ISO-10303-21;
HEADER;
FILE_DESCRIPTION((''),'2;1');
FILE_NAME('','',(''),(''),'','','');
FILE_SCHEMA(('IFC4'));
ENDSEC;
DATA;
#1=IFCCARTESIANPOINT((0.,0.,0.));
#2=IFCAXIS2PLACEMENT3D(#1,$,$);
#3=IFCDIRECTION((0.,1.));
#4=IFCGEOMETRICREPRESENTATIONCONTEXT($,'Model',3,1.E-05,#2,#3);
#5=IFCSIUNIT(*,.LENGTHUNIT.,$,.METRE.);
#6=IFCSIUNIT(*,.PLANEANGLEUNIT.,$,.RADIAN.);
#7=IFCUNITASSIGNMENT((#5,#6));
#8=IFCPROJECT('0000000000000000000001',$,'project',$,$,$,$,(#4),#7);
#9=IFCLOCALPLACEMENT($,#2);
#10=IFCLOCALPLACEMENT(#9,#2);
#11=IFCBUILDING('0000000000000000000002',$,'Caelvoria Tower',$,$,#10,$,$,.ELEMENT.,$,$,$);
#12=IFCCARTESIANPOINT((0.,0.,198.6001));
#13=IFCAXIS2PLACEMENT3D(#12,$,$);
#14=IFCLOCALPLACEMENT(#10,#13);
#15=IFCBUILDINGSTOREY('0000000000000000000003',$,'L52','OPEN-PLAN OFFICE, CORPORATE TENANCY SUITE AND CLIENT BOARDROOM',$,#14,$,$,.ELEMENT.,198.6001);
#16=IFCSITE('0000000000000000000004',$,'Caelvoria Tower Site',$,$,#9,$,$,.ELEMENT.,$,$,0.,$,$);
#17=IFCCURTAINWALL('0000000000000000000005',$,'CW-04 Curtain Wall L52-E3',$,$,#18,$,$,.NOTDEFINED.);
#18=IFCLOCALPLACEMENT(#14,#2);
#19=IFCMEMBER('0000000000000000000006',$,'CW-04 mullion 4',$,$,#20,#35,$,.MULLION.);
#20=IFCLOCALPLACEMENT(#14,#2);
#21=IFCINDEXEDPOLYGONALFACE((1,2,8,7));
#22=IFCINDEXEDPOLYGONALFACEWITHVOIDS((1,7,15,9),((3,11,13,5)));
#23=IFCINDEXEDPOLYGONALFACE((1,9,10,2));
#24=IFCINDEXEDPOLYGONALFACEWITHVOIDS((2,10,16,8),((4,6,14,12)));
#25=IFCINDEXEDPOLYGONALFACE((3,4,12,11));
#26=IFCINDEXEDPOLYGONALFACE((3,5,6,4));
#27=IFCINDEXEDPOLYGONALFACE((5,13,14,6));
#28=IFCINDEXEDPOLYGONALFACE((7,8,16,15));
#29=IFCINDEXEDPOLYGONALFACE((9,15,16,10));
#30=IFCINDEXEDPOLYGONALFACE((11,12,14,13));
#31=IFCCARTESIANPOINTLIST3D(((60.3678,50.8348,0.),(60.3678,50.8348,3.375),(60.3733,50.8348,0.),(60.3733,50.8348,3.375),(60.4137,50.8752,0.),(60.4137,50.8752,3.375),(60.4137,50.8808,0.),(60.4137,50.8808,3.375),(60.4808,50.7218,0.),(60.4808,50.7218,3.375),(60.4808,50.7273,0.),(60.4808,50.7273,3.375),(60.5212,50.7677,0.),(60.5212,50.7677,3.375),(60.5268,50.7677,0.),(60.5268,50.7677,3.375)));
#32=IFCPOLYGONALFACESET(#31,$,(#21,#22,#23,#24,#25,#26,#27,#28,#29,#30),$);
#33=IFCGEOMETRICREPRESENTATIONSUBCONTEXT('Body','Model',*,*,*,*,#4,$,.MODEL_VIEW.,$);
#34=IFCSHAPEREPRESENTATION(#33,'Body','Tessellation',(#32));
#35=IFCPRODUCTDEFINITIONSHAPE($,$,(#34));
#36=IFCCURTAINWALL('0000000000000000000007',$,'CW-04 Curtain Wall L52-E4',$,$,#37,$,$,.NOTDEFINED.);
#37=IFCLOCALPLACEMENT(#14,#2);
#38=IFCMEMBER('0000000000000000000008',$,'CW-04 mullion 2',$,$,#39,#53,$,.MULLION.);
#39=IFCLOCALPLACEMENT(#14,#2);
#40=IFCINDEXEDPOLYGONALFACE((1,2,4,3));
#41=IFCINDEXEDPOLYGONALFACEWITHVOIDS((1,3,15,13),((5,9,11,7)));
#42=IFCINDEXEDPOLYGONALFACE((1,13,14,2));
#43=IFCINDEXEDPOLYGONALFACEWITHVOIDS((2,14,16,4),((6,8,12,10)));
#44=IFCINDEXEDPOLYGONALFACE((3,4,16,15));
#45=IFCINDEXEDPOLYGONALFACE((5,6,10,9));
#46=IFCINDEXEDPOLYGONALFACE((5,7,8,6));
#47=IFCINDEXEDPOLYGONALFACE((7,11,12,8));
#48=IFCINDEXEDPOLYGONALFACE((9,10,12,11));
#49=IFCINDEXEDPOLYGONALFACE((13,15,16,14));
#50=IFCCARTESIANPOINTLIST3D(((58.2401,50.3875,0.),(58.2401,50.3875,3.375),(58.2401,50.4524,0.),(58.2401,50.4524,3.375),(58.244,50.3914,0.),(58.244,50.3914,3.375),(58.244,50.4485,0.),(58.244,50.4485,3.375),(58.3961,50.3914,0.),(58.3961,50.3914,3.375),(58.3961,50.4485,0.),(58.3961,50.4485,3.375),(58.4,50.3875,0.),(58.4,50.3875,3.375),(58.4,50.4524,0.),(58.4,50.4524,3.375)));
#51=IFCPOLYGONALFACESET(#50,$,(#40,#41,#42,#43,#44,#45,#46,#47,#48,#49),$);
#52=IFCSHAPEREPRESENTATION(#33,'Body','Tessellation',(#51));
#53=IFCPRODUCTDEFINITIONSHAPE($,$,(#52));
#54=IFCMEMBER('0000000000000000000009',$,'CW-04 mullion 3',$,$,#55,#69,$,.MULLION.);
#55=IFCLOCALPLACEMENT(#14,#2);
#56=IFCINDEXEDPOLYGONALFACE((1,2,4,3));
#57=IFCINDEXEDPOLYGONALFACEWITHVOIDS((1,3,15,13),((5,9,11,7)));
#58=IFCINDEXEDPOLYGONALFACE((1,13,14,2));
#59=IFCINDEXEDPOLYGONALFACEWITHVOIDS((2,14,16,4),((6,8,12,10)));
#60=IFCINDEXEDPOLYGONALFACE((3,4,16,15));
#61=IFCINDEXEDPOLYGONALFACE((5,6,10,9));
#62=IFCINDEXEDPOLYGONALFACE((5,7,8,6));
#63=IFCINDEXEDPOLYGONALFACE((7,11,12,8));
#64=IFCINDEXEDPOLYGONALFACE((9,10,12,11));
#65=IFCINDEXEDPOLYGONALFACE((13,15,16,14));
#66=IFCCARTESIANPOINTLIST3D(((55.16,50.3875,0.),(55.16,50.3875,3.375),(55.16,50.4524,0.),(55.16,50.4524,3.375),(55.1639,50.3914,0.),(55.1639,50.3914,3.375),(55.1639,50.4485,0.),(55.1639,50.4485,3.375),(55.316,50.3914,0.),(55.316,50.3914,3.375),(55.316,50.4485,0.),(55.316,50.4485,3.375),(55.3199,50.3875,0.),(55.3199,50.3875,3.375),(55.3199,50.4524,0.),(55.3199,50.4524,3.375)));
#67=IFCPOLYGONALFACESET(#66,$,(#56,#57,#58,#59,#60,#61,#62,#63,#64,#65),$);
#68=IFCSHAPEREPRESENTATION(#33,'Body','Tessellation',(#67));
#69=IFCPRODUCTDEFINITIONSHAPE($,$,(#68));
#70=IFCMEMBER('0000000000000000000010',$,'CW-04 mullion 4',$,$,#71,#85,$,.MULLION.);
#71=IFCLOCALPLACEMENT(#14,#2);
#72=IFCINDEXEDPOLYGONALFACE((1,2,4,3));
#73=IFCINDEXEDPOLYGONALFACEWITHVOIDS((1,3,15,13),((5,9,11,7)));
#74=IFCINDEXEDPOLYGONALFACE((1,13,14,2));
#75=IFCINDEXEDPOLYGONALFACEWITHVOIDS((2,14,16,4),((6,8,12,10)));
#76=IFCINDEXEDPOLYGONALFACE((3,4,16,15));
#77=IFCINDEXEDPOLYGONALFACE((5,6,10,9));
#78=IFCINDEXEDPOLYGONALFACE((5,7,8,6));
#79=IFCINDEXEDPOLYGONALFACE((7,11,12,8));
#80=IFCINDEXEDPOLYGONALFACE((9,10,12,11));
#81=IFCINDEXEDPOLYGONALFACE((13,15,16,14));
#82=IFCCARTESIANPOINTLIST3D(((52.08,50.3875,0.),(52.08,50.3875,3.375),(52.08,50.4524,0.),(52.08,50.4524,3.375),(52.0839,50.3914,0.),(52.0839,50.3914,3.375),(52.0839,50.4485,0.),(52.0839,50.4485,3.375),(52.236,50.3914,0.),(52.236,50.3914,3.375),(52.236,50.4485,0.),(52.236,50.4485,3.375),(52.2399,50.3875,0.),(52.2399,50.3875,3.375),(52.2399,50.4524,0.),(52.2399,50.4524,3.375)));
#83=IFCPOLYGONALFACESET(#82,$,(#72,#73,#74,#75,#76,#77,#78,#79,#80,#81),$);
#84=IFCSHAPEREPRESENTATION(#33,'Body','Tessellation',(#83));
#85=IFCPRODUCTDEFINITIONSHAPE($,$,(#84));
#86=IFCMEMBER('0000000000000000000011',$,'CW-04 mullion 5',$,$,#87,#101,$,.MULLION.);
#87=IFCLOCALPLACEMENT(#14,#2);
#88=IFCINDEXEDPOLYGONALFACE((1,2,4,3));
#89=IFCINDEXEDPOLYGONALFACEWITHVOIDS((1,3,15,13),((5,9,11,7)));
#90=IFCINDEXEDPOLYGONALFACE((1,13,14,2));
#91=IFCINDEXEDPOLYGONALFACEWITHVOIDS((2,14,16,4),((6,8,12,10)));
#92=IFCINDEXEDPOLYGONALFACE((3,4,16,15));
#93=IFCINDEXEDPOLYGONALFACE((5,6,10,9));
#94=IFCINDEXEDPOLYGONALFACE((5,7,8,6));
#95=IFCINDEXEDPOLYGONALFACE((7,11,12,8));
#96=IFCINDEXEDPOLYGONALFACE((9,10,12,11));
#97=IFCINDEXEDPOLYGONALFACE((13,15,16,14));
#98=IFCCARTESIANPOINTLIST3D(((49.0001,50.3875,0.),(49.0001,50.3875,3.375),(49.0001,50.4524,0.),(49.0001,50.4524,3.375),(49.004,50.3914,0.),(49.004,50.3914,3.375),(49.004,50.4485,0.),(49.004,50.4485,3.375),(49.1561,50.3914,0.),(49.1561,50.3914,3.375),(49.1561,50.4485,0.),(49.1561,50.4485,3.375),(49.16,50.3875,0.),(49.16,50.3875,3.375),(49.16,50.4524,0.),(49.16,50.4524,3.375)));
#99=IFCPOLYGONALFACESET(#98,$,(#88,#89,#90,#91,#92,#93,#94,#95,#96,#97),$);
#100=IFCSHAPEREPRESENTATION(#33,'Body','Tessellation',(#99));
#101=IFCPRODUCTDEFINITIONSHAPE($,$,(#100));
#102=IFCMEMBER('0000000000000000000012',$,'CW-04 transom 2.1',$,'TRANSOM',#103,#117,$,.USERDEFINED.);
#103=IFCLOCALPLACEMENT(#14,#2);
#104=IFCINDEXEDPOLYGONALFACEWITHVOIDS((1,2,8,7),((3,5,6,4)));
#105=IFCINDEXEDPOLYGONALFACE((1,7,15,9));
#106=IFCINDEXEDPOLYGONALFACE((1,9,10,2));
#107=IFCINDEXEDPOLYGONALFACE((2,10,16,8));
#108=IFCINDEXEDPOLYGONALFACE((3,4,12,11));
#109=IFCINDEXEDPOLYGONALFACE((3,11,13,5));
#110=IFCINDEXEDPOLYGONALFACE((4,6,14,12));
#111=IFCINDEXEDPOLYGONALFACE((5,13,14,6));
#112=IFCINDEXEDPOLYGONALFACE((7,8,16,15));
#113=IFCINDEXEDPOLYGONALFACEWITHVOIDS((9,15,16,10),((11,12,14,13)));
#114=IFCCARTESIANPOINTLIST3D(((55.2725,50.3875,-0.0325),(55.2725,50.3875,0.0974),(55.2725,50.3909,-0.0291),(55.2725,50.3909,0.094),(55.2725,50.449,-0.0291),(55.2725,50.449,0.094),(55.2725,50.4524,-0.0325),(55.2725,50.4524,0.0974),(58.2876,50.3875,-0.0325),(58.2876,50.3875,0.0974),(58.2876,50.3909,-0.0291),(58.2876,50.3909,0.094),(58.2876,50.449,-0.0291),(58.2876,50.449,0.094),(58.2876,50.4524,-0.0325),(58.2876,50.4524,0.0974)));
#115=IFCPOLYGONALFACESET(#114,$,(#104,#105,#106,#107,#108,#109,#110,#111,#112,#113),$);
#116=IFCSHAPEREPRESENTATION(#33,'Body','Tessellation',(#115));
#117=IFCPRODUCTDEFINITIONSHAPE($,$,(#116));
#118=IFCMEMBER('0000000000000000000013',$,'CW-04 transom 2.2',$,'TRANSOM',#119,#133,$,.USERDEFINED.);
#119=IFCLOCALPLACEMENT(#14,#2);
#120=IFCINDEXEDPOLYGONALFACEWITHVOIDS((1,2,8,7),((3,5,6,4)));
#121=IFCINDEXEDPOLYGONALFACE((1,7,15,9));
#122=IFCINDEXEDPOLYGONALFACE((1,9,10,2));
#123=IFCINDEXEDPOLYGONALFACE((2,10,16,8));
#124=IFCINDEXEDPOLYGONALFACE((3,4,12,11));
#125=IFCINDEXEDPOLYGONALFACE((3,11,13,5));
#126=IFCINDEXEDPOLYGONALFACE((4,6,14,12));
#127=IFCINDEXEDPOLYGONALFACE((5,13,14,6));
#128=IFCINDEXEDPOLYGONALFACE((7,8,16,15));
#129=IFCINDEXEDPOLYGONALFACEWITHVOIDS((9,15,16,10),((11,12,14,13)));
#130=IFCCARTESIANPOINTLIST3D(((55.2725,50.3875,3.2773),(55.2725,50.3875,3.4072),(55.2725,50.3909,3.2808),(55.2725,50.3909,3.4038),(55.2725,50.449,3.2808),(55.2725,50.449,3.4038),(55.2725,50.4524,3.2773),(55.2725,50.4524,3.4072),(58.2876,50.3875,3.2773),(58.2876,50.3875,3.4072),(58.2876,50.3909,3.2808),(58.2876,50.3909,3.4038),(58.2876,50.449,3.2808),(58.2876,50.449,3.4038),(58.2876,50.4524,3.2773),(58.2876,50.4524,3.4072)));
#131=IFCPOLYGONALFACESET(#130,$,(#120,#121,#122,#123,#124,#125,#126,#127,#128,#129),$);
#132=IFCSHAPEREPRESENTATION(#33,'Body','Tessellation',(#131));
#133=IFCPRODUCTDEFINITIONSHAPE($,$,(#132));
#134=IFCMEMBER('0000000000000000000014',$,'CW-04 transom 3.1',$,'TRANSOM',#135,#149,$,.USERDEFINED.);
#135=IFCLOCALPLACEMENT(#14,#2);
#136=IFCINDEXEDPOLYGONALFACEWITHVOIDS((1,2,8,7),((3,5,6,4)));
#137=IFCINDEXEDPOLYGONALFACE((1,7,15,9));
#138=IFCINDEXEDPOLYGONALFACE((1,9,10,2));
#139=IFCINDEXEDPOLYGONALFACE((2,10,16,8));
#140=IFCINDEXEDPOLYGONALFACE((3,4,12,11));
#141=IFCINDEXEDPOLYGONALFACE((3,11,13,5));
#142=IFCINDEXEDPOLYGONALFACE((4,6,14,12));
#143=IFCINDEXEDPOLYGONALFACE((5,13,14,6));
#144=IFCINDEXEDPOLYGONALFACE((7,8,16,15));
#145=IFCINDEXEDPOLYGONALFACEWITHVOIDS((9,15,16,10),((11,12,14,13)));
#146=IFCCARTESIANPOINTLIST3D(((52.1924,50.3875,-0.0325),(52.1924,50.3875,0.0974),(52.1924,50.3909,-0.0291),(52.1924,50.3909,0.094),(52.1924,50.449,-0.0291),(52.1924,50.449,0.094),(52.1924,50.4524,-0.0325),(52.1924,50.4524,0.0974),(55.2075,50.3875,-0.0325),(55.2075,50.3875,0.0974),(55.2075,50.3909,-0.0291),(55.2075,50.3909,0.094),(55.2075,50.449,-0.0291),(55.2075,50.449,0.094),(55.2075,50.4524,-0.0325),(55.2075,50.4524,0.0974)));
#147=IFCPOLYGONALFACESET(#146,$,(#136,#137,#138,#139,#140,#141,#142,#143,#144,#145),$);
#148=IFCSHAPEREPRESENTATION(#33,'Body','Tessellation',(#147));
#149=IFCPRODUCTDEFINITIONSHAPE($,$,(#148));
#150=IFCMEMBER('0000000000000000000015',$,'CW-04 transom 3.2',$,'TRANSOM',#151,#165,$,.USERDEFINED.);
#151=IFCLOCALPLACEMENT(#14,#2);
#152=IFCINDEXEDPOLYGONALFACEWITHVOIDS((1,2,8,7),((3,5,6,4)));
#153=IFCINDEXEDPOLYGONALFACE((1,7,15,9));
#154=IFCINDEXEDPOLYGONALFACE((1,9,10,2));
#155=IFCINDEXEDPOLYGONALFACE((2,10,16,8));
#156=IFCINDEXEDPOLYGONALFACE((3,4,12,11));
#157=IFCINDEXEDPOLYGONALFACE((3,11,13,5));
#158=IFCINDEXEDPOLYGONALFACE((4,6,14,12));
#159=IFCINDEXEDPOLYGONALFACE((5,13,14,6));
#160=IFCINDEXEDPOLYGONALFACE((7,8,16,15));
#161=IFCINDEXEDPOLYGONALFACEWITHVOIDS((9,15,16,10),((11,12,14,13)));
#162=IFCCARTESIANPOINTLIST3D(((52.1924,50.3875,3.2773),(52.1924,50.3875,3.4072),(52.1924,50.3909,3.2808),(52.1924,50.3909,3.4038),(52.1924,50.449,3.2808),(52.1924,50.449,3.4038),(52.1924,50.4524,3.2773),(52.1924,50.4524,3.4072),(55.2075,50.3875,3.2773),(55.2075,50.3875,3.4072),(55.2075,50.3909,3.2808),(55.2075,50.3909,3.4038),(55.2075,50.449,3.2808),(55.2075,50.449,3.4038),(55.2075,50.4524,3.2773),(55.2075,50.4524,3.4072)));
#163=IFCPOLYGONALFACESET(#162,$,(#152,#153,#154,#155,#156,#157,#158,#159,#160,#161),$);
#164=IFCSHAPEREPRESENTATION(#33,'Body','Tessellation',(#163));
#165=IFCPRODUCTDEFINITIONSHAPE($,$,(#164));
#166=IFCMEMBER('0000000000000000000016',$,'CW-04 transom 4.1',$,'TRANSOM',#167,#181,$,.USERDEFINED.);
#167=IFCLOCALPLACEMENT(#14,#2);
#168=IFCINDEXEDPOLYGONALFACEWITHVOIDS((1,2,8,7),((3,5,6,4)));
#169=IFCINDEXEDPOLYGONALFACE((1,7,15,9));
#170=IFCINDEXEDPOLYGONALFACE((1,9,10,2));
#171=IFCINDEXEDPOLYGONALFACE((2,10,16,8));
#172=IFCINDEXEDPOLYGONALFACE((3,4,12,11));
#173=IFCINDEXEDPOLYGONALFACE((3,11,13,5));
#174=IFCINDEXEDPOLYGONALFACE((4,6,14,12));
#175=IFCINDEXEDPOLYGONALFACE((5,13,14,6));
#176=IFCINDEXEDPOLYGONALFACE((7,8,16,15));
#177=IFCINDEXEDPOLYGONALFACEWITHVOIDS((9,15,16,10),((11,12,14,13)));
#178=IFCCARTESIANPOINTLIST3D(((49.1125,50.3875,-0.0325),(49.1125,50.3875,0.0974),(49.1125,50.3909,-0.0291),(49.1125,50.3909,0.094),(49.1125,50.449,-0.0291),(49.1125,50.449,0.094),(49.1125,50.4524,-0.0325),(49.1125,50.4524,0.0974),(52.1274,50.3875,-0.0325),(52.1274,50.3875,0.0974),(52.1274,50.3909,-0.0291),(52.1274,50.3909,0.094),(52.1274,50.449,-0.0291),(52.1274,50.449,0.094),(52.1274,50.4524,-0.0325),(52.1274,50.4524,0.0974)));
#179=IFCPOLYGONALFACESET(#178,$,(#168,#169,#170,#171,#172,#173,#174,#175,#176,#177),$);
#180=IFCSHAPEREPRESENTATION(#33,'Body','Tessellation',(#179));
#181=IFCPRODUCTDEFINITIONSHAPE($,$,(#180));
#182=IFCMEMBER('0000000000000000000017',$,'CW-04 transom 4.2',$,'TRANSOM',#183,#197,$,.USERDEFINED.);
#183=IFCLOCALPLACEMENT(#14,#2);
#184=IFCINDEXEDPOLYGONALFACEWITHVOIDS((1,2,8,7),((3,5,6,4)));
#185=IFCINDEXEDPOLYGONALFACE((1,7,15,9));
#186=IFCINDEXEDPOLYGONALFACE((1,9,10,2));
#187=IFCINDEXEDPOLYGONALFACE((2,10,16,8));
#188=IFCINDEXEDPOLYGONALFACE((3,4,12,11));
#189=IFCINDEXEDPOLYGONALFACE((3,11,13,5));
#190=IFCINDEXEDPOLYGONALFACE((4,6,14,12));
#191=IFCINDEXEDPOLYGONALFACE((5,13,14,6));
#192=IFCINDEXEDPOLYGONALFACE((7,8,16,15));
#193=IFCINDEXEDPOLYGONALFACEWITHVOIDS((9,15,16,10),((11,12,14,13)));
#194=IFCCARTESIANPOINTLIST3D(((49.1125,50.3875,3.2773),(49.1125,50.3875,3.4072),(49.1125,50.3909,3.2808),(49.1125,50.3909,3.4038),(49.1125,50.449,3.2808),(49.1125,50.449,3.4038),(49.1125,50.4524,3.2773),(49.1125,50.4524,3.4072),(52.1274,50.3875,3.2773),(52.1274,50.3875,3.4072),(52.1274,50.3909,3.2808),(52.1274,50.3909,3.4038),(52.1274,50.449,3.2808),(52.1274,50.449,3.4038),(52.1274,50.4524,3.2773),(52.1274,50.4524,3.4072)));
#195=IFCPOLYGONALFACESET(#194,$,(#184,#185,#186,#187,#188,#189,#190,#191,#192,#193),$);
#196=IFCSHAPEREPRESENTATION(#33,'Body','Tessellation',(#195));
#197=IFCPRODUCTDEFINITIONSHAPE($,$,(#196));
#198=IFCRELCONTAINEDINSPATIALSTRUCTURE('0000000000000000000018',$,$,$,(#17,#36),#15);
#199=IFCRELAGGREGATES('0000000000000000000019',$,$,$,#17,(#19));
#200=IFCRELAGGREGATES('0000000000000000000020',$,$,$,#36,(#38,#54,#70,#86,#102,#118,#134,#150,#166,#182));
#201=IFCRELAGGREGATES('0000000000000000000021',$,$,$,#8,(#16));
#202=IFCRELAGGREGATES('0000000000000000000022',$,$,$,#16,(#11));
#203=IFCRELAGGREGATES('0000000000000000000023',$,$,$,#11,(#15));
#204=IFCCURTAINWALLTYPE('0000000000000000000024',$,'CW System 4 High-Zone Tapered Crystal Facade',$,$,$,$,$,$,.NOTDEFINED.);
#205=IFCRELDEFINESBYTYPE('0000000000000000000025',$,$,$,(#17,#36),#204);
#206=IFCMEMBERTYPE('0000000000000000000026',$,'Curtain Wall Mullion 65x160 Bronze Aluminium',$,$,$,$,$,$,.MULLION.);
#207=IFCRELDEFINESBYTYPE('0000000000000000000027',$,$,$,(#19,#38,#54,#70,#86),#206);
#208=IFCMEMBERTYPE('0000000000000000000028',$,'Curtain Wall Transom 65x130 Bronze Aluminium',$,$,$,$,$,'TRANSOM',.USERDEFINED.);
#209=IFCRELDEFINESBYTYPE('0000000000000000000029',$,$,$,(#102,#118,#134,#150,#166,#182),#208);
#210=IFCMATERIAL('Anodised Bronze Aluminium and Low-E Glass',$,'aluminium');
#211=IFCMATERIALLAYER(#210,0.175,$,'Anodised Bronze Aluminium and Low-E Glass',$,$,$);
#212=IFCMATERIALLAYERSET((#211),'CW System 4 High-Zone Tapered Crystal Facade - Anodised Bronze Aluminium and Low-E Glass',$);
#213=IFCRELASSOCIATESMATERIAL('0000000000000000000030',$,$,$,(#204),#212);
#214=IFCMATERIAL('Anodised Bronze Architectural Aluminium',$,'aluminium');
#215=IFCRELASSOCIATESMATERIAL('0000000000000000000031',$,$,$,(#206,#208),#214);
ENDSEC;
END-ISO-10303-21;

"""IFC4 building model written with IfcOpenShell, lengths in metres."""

from ifc_helpers import new_model, si_unit, direction, frame, origin, origin_2d, place, context, subcontext, project, spatial, hollow_rectangle, extrude, material, layer, layer_set, material_profile, profile_set, type_object, element, aggregate, save


model = new_model("IFC4")

# Units and contexts
model_context = context("Model", 3, precision=1e-05, world=origin(), true_north=direction((0.0, 1.0)))
body_context = subcontext(model_context, "Body", "Model", "MODEL_VIEW")
ifc_project = project(units=[si_unit("LENGTHUNIT", "METRE"), si_unit("PLANEANGLEUNIT", "RADIAN")], contexts=[model_context])

# Site, building, storey
site_placement = place(None, origin())
site = spatial("IfcSite", under=ifc_project, at=site_placement, Name="Caelvoria Tower Site", CompositionType="ELEMENT", RefElevation=0.0)
building_placement = place(site_placement, origin())
building = spatial("IfcBuilding", under=site, at=building_placement, Name="Caelvoria Tower", CompositionType="ELEMENT")
storey_placement = place(building_placement, frame((0.0, 0.0, 198.6001)))
storey = spatial("IfcBuildingStorey", under=building, at=storey_placement, Name="L52", Description="OPEN-PLAN OFFICE, CORPORATE TENANCY SUITE AND CLIENT BOARDROOM", CompositionType="ELEMENT", Elevation=198.6001)

# Curtain wall, member
ifc_material_1 = material(Name="Anodised Bronze Aluminium and Low-E Glass", Category="aluminium")
ifc_layer_1 = layer(ifc_material_1, 0.175, Name="Anodised Bronze Aluminium and Low-E Glass")
ifc_layer_set_1 = layer_set([ifc_layer_1], Name="CW System 4 High-Zone Tapered Crystal Facade - Anodised Bronze Aluminium and Low-E Glass")
curtain_wall_type = type_object("IfcCurtainWallType", Name="CW System 4 High-Zone Tapered Crystal Facade", PredefinedType="NOTDEFINED", material=ifc_layer_set_1)
curtain_wall_1_placement = place(storey_placement, origin())
curtain_wall_1 = element("IfcCurtainWall", 1, at=curtain_wall_1_placement, inside=storey, type_object=curtain_wall_type, Name="CW-04 Curtain Wall L52-E3", PredefinedType="NOTDEFINED")
ifc_material_2 = material(Name="Anodised Bronze Architectural Aluminium", Category="aluminium")
ifc_material_profile_1 = material_profile(ifc_material_2, hollow_rectangle(XDim=0.0649, YDim=0.1599, WallThickness=0.0039, at=origin_2d()), Name="Anodised Bronze Architectural Aluminium")
ifc_profile_set_1 = profile_set([ifc_material_profile_1], Name="CW_MULL_65X160 - Anodised Bronze Architectural Aluminium")
member_type_1 = type_object("IfcMemberType", Name="Curtain Wall Mullion 65x160 Bronze Aluminium", PredefinedType="MULLION", material=ifc_profile_set_1)
member_1_placement = place(storey_placement, frame((60.4473, 50.8013, 0.0), z_axis=(0.0, 0.0, 1.0), x_axis=(-0.707107, -0.707107, 0.0)))
member_1 = element("IfcMember", 2, at=member_1_placement, type_object=member_type_1, Name="CW-04 mullion 4", PredefinedType="MULLION", context=body_context, shape_type="SweptSolid", body=[
    extrude(hollow_rectangle(XDim=0.0649, YDim=0.1599, WallThickness=0.0039, at=origin_2d()), origin(), (0.0, 0.0, 1.0), 3.375),
])
aggregate(curtain_wall_1, [member_1])

# Curtain wall, members
curtain_wall_2_placement = place(storey_placement, origin())
curtain_wall_2 = element("IfcCurtainWall", 3, at=curtain_wall_2_placement, inside=storey, type_object=curtain_wall_type, Name="CW-04 Curtain Wall L52-E4", PredefinedType="NOTDEFINED")
member_2_placement = place(storey_placement, frame((58.3201, 50.4199, 0.0), z_axis=(0.0, 0.0, 1.0), x_axis=(0.0, -1.0, 0.0)))
member_2 = element("IfcMember", 4, at=member_2_placement, type_object=member_type_1, Name="CW-04 mullion 2", PredefinedType="MULLION", context=body_context, shape_type="SweptSolid", body=[
    extrude(hollow_rectangle(XDim=0.0649, YDim=0.1599, WallThickness=0.0039, at=origin_2d()), origin(), (0.0, 0.0, 1.0), 3.375),
])
member_3_placement = place(storey_placement, frame((55.24, 50.4199, 0.0), z_axis=(0.0, 0.0, 1.0), x_axis=(0.0, -1.0, 0.0)))
member_3 = element("IfcMember", 5, at=member_3_placement, type_object=member_type_1, Name="CW-04 mullion 3", PredefinedType="MULLION", context=body_context, shape_type="SweptSolid", body=[
    extrude(hollow_rectangle(XDim=0.0649, YDim=0.1599, WallThickness=0.0039, at=origin_2d()), origin(), (0.0, 0.0, 1.0), 3.375),
])
member_4_placement = place(storey_placement, frame((52.1599, 50.4199, 0.0), z_axis=(0.0, 0.0, 1.0), x_axis=(0.0, -1.0, 0.0)))
member_4 = element("IfcMember", 6, at=member_4_placement, type_object=member_type_1, Name="CW-04 mullion 4", PredefinedType="MULLION", context=body_context, shape_type="SweptSolid", body=[
    extrude(hollow_rectangle(XDim=0.0649, YDim=0.1599, WallThickness=0.0039, at=origin_2d()), origin(), (0.0, 0.0, 1.0), 3.375),
])
member_5_placement = place(storey_placement, frame((49.0801, 50.4199, 0.0), z_axis=(0.0, 0.0, 1.0), x_axis=(0.0, -1.0, 0.0)))
member_5 = element("IfcMember", 7, at=member_5_placement, type_object=member_type_1, Name="CW-04 mullion 5", PredefinedType="MULLION", context=body_context, shape_type="SweptSolid", body=[
    extrude(hollow_rectangle(XDim=0.0649, YDim=0.1599, WallThickness=0.0039, at=origin_2d()), origin(), (0.0, 0.0, 1.0), 3.375),
])
ifc_material_profile_2 = material_profile(ifc_material_2, hollow_rectangle(XDim=0.0649, YDim=0.1299, WallThickness=0.0034, at=origin_2d()), Name="Anodised Bronze Architectural Aluminium")
ifc_profile_set_2 = profile_set([ifc_material_profile_2], Name="CW_TRAN_65X130 - Anodised Bronze Architectural Aluminium")
member_type_2 = type_object("IfcMemberType", Name="Curtain Wall Transom 65x130 Bronze Aluminium", ElementType="TRANSOM", PredefinedType="USERDEFINED", material=ifc_profile_set_2)
member_6_placement = place(storey_placement, frame((58.2876, 50.4199, 0.0325), z_axis=(-1.0, 0.0, 0.0), x_axis=(0.0, -1.0, 0.0)))
member_6 = element("IfcMember", 8, at=member_6_placement, type_object=member_type_2, Name="CW-04 transom 2.1", ObjectType="TRANSOM", PredefinedType="USERDEFINED", context=body_context, shape_type="SweptSolid", body=[
    extrude(hollow_rectangle(XDim=0.0649, YDim=0.1299, WallThickness=0.0034, at=origin_2d()), origin(), (0.0, 0.0, 1.0), 3.0151),
])
member_7_placement = place(storey_placement, frame((58.2876, 50.4199, 3.3423), z_axis=(-1.0, 0.0, 0.0), x_axis=(0.0, -1.0, 0.0)))
member_7 = element("IfcMember", 9, at=member_7_placement, type_object=member_type_2, Name="CW-04 transom 2.2", ObjectType="TRANSOM", PredefinedType="USERDEFINED", context=body_context, shape_type="SweptSolid", body=[
    extrude(hollow_rectangle(XDim=0.0649, YDim=0.1299, WallThickness=0.0034, at=origin_2d()), origin(), (0.0, 0.0, 1.0), 3.0151),
])
member_8_placement = place(storey_placement, frame((55.2075, 50.4199, 0.0325), z_axis=(-1.0, 0.0, 0.0), x_axis=(0.0, -1.0, 0.0)))
member_8 = element("IfcMember", 10, at=member_8_placement, type_object=member_type_2, Name="CW-04 transom 3.1", ObjectType="TRANSOM", PredefinedType="USERDEFINED", context=body_context, shape_type="SweptSolid", body=[
    extrude(hollow_rectangle(XDim=0.0649, YDim=0.1299, WallThickness=0.0034, at=origin_2d()), origin(), (0.0, 0.0, 1.0), 3.0151),
])
member_9_placement = place(storey_placement, frame((55.2075, 50.4199, 3.3423), z_axis=(-1.0, 0.0, 0.0), x_axis=(0.0, -1.0, 0.0)))
member_9 = element("IfcMember", 11, at=member_9_placement, type_object=member_type_2, Name="CW-04 transom 3.2", ObjectType="TRANSOM", PredefinedType="USERDEFINED", context=body_context, shape_type="SweptSolid", body=[
    extrude(hollow_rectangle(XDim=0.0649, YDim=0.1299, WallThickness=0.0034, at=origin_2d()), origin(), (0.0, 0.0, 1.0), 3.0151),
])
member_10_placement = place(storey_placement, frame((52.1274, 50.4199, 0.0325), z_axis=(-1.0, 0.0, 0.0), x_axis=(0.0, -1.0, 0.0)))
member_10 = element("IfcMember", 12, at=member_10_placement, type_object=member_type_2, Name="CW-04 transom 4.1", ObjectType="TRANSOM", PredefinedType="USERDEFINED", context=body_context, shape_type="SweptSolid", body=[
    extrude(hollow_rectangle(XDim=0.0649, YDim=0.1299, WallThickness=0.0034, at=origin_2d()), origin(), (0.0, 0.0, 1.0), 3.0149),
])
member_11_placement = place(storey_placement, frame((52.1274, 50.4199, 3.3423), z_axis=(-1.0, 0.0, 0.0), x_axis=(0.0, -1.0, 0.0)))
member_11 = element("IfcMember", 13, at=member_11_placement, type_object=member_type_2, Name="CW-04 transom 4.2", ObjectType="TRANSOM", PredefinedType="USERDEFINED", context=body_context, shape_type="SweptSolid", body=[
    extrude(hollow_rectangle(XDim=0.0649, YDim=0.1299, WallThickness=0.0034, at=origin_2d()), origin(), (0.0, 0.0, 1.0), 3.0149),
])
aggregate(curtain_wall_2, [member_2, member_3, member_4, member_5, member_6, member_7, member_8, member_9, member_10, member_11])

save(model, "model.ifc")
